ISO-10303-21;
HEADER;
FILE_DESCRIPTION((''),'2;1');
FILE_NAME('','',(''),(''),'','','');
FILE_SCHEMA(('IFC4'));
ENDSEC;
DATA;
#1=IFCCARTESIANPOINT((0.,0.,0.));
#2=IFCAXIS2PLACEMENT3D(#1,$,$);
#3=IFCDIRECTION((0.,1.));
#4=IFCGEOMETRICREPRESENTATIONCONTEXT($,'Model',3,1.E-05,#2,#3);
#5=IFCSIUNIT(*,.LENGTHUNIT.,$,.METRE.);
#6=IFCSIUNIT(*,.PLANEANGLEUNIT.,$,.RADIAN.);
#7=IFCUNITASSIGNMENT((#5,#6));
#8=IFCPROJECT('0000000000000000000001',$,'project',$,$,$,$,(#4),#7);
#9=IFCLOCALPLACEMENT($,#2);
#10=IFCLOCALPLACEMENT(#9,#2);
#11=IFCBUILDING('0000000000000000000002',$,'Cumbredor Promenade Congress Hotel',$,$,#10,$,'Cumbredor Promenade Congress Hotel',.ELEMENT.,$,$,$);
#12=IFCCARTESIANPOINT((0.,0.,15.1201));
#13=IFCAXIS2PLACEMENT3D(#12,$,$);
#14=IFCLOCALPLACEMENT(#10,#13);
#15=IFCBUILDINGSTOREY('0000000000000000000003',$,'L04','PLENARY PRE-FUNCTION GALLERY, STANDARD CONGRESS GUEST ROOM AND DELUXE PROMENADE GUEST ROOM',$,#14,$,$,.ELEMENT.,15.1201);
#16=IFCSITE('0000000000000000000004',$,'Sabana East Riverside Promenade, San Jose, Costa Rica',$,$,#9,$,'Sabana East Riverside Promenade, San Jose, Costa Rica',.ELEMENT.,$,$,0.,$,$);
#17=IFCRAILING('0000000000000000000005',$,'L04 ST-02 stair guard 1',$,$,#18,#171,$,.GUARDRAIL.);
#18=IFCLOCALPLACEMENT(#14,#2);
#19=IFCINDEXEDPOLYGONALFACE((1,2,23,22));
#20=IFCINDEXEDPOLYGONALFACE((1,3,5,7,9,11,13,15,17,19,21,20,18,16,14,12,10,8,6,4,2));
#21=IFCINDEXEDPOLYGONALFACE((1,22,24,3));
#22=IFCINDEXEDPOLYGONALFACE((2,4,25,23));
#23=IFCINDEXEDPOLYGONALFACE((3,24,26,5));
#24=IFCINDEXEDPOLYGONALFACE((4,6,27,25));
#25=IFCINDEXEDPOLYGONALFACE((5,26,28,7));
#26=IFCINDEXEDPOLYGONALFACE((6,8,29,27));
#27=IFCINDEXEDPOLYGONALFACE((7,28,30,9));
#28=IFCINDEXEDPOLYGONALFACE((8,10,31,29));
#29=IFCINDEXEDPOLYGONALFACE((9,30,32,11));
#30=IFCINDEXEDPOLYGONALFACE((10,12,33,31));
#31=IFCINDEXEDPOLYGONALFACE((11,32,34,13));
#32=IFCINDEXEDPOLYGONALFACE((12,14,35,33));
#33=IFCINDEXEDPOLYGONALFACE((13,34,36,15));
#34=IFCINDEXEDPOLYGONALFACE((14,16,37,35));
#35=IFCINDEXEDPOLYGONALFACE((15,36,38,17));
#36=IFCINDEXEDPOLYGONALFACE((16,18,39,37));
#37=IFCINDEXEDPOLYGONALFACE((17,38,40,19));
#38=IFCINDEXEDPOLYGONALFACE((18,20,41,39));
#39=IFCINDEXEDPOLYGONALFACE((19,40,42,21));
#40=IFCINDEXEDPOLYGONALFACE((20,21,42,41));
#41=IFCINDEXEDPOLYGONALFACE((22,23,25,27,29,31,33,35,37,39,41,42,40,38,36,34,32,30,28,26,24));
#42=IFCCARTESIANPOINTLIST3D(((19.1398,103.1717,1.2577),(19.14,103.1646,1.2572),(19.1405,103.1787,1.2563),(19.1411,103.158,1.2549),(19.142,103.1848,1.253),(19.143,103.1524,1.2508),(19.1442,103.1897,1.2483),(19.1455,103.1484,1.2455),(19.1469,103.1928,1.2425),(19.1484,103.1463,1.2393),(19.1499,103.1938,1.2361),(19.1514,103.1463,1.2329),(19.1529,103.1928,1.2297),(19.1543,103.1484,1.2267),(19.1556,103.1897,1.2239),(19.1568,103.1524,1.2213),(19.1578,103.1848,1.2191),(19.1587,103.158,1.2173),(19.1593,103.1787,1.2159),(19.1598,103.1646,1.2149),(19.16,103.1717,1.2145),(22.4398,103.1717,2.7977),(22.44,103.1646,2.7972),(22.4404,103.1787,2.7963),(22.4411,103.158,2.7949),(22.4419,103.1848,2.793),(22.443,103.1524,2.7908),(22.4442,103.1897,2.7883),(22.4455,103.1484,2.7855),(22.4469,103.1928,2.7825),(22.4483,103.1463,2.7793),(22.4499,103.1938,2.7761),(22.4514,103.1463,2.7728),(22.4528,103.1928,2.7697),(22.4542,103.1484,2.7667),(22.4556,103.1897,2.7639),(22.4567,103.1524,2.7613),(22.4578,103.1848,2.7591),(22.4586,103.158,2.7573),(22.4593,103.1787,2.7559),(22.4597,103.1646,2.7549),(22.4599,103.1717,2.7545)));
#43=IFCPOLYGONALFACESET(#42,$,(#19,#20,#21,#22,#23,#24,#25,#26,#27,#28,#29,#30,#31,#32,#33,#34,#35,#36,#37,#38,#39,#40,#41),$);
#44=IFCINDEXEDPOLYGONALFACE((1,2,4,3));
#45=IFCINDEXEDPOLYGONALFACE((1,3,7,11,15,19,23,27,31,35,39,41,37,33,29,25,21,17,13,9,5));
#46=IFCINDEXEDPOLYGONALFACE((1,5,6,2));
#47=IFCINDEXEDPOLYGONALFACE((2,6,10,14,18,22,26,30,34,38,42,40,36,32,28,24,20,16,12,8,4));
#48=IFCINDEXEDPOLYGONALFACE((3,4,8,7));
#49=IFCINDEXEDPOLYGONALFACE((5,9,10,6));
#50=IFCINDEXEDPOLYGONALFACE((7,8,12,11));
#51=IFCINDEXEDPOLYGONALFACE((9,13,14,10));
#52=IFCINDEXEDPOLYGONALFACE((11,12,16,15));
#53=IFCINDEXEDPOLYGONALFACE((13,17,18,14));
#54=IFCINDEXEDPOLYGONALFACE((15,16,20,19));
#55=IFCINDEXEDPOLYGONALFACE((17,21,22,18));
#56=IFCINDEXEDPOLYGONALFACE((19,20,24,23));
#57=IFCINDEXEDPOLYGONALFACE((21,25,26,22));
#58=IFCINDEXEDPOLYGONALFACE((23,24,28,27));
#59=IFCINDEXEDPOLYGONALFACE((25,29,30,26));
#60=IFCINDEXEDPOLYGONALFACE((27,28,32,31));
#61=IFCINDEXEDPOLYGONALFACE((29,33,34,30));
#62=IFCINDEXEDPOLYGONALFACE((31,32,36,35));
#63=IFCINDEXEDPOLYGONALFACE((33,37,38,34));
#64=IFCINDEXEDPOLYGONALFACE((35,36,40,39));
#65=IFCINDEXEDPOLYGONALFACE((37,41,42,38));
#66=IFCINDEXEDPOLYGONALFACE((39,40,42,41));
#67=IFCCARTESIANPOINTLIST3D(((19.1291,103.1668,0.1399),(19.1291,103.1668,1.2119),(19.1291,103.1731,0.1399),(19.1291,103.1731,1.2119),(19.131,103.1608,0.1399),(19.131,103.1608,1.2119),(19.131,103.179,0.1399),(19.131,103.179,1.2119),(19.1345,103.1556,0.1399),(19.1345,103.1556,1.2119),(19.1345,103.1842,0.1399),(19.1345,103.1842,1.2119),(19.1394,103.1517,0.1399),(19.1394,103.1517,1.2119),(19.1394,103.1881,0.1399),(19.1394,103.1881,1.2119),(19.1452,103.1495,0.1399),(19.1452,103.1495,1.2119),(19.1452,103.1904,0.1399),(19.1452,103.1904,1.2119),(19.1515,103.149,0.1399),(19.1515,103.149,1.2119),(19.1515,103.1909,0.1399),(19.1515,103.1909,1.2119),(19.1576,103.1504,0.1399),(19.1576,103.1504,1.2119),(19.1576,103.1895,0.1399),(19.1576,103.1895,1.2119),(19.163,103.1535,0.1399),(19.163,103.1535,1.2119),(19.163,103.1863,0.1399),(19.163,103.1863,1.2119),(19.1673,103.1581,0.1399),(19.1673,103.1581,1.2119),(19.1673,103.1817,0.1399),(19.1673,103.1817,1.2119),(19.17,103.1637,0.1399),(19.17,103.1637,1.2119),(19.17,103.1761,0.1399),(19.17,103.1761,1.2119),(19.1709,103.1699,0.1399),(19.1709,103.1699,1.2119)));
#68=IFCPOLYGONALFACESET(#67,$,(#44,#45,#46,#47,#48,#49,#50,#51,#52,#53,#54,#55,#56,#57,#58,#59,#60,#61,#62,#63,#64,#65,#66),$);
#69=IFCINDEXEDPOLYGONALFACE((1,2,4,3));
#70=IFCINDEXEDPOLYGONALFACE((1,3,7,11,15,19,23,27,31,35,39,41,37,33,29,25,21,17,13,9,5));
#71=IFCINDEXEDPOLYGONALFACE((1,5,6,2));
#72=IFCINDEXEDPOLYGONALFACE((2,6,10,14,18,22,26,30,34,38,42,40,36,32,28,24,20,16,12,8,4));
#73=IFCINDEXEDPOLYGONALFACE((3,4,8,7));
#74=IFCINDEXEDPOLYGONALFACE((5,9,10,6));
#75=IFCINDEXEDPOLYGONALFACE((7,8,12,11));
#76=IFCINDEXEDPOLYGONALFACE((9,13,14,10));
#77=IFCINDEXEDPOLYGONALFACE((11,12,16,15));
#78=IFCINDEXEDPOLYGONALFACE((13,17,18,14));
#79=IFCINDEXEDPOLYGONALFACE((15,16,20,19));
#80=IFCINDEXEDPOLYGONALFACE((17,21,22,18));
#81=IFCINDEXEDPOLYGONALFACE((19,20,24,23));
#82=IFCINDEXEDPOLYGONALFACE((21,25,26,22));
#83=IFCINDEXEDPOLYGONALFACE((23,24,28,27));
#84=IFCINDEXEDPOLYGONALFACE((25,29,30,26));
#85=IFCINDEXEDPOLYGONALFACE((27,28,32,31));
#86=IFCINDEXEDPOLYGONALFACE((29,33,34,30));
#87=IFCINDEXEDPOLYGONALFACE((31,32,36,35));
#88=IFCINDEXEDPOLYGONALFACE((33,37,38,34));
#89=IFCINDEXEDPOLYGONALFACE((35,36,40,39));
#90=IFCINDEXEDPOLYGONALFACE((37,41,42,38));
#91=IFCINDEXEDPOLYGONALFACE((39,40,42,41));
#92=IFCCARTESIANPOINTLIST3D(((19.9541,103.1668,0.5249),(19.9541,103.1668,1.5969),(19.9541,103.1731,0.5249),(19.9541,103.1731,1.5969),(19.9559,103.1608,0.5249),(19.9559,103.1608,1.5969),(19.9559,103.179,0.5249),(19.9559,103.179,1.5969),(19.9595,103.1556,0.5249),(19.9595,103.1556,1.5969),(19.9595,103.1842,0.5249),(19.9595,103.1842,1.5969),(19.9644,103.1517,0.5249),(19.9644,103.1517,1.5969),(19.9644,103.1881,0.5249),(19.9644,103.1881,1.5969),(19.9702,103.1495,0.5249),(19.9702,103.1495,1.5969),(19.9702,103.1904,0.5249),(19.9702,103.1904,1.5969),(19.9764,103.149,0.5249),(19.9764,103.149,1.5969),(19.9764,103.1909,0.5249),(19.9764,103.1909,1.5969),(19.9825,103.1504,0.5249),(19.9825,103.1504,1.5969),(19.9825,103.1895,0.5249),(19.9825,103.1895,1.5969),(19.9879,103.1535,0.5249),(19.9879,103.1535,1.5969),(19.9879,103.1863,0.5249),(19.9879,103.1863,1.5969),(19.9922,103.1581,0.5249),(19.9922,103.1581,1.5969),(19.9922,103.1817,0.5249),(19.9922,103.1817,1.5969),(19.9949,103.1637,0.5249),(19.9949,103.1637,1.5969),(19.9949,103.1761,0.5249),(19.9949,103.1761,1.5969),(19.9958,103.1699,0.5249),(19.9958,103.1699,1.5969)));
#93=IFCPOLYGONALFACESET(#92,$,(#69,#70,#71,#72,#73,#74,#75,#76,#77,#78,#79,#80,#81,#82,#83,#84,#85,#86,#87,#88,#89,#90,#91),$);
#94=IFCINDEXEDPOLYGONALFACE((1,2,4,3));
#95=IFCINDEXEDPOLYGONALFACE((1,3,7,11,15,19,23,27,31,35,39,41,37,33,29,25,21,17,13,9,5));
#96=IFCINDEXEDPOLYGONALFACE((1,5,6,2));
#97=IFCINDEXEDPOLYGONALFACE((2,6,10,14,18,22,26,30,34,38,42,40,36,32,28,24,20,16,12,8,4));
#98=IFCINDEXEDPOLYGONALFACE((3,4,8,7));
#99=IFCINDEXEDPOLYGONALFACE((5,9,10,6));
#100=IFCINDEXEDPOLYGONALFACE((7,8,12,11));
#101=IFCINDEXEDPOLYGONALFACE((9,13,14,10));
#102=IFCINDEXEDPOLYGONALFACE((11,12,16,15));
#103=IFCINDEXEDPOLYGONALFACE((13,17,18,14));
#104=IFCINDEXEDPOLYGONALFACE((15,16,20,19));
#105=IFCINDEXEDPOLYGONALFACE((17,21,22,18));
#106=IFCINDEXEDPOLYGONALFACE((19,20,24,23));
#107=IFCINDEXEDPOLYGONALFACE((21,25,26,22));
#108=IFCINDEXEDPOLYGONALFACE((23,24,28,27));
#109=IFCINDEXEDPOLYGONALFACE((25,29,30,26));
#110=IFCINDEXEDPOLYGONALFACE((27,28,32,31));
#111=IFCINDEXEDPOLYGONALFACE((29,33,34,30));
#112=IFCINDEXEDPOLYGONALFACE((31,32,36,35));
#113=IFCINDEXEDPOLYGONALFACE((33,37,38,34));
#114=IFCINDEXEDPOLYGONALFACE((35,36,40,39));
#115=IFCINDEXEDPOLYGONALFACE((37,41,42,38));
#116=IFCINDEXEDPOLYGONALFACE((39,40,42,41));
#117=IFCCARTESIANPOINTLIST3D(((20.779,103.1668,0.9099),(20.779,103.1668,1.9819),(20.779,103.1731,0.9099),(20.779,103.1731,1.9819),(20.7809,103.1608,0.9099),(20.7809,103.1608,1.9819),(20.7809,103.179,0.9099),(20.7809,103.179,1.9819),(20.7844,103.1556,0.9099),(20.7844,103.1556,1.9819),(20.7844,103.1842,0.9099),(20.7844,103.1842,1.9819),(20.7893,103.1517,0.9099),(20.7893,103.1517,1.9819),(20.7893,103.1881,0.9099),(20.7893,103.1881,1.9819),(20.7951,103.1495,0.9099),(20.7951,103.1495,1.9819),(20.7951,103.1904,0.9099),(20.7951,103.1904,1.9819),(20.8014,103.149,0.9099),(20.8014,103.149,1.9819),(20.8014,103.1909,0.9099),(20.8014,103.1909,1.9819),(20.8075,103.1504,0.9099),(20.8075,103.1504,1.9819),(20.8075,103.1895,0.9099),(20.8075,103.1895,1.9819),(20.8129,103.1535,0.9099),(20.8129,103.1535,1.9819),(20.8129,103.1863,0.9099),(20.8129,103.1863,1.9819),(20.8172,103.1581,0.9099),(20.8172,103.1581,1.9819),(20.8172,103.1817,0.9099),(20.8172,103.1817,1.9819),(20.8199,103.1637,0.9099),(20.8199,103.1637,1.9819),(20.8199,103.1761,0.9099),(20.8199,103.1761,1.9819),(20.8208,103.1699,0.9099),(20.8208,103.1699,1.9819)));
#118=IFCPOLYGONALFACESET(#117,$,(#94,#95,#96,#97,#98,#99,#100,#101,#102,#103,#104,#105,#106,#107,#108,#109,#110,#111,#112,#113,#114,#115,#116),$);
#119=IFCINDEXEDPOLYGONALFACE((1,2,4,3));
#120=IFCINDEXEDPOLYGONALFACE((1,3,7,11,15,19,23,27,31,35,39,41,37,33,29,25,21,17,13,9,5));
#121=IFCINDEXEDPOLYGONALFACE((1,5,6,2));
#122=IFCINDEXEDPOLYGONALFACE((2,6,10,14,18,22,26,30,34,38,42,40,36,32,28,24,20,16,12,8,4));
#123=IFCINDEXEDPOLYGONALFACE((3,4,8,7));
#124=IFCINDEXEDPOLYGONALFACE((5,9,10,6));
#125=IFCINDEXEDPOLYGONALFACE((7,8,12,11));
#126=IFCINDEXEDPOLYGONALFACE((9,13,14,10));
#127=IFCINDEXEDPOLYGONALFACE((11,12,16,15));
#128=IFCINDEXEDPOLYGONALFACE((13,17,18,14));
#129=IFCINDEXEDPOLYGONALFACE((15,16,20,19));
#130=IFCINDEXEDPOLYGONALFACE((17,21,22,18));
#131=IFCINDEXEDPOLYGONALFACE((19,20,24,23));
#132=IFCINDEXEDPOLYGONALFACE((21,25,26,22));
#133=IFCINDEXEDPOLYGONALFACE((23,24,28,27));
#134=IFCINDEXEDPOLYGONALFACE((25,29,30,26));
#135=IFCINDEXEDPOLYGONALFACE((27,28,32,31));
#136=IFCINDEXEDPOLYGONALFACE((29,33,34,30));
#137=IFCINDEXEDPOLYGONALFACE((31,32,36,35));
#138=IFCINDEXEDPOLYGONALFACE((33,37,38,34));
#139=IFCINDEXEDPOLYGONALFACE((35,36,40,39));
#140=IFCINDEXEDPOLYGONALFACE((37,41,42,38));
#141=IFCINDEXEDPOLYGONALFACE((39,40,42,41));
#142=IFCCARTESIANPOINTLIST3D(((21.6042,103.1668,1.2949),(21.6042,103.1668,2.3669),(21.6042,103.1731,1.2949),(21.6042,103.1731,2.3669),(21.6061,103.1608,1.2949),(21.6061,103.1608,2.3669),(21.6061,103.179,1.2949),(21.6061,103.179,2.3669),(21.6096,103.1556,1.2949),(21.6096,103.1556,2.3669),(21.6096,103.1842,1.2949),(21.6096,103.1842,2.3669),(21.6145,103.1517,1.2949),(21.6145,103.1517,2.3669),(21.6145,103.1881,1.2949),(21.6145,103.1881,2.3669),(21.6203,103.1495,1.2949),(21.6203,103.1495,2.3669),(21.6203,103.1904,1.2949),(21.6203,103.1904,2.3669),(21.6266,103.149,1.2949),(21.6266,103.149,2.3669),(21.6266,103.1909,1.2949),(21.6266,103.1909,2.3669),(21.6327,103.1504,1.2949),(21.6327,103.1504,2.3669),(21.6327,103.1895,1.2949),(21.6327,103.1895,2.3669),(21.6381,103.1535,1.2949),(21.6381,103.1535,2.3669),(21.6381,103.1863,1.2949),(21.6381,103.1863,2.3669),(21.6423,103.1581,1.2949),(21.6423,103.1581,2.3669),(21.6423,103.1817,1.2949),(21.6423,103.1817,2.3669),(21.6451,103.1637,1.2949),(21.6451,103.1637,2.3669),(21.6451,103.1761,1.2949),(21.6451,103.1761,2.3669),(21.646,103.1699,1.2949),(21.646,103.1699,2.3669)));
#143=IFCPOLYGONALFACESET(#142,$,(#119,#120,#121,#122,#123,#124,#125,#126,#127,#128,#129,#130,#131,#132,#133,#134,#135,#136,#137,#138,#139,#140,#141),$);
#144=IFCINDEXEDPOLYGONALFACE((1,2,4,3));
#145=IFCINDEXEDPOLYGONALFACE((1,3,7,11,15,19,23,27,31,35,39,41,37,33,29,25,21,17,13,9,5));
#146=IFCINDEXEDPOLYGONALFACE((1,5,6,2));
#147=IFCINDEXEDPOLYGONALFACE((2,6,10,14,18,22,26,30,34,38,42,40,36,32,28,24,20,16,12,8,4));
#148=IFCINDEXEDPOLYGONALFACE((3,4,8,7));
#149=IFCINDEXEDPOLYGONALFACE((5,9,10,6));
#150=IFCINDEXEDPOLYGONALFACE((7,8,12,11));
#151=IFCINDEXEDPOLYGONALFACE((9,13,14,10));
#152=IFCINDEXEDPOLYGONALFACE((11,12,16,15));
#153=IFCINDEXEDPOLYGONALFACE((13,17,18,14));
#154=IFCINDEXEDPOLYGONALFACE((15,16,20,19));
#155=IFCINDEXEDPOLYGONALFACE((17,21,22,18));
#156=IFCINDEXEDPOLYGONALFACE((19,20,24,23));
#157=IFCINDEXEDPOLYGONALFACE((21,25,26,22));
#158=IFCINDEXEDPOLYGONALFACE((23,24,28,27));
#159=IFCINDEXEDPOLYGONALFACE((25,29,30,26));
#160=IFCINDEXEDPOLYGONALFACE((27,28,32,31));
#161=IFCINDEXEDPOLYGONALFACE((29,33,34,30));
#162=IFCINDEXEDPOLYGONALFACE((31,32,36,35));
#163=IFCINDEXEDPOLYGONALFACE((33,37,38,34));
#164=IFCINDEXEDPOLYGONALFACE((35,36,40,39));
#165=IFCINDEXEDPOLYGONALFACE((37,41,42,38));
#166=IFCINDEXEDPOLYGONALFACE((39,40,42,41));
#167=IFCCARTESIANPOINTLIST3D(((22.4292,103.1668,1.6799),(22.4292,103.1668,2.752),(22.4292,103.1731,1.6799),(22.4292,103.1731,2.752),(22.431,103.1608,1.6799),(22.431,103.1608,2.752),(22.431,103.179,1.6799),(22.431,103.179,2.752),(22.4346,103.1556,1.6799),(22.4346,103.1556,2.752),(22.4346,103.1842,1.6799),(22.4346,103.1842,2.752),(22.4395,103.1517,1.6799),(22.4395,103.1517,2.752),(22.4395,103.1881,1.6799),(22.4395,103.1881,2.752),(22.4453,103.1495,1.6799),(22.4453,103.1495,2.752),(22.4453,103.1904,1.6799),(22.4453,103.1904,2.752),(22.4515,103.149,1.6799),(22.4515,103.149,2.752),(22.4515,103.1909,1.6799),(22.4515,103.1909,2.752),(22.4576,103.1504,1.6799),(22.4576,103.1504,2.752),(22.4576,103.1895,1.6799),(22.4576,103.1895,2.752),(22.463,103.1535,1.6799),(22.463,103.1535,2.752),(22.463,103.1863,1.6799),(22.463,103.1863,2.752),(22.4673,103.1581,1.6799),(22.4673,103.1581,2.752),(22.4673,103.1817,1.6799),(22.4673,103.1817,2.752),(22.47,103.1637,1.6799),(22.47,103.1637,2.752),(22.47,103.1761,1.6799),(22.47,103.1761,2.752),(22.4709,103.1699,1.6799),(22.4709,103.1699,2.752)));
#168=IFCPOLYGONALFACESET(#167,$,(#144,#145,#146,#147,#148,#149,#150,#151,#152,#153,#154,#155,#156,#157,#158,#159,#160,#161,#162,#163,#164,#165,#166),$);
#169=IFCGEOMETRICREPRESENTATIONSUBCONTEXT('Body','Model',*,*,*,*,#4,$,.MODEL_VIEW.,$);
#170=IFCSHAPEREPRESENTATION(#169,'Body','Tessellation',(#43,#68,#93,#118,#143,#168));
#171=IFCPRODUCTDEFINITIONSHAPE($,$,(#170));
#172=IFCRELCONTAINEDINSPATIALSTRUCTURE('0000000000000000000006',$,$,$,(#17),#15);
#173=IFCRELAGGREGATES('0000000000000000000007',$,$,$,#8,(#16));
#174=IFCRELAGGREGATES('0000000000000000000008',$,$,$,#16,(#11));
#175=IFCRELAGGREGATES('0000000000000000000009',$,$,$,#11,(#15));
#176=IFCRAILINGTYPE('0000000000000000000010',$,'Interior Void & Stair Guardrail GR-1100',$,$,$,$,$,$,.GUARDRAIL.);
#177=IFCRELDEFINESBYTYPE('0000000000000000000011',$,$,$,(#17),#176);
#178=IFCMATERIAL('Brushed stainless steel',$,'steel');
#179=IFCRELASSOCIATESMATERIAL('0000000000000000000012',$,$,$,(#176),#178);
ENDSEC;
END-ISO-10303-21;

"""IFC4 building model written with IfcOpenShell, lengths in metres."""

from ifc_helpers import new_model, si_unit, direction, frame, origin, origin_2d, place, context, subcontext, project, spatial, circle, extrude, material, type_object, element, save


model = new_model("IFC4")

# Units and contexts
model_context = context("Model", 3, precision=1e-05, world=origin(), true_north=direction((0.0, 1.0)))
body_context = subcontext(model_context, "Body", "Model", "MODEL_VIEW")
ifc_project = project(units=[si_unit("LENGTHUNIT", "METRE"), si_unit("PLANEANGLEUNIT", "RADIAN")], contexts=[model_context])

# Site, building, storey
site_placement = place(None, origin())
site = spatial("IfcSite", under=ifc_project, at=site_placement, Name="Sabana East Riverside Promenade, San Jose, Costa Rica", LongName="Sabana East Riverside Promenade, San Jose, Costa Rica", CompositionType="ELEMENT", RefElevation=0.0)
building_placement = place(site_placement, origin())
building = spatial("IfcBuilding", under=site, at=building_placement, Name="Cumbredor Promenade Congress Hotel", LongName="Cumbredor Promenade Congress Hotel", CompositionType="ELEMENT")
storey_placement = place(building_placement, frame((0.0, 0.0, 15.1201)))
storey = spatial("IfcBuildingStorey", under=building, at=storey_placement, Name="L04", Description="PLENARY PRE-FUNCTION GALLERY, STANDARD CONGRESS GUEST ROOM AND DELUXE PROMENADE GUEST ROOM", CompositionType="ELEMENT", Elevation=15.1201)

# Railing
ifc_material_1 = material(Name="Brushed stainless steel", Category="steel")
railing_type_1 = type_object("IfcRailingType", Name="Interior Void & Stair Guardrail GR-1100", PredefinedType="GUARDRAIL", material=ifc_material_1)
railing_1_placement = place(storey_placement, frame((19.1499, 103.1699, 0.1399)))
element("IfcRailing", 1, at=railing_1_placement, inside=storey, type_object=railing_type_1, Name="L04 ST-02 stair guard 1", PredefinedType="GUARDRAIL", context=body_context, shape_type="SweptSolid", body=[
    extrude(circle(Radius=0.0239, at=origin_2d()), frame((0.0, 0.0, 1.0962), z_axis=(0.906181, 0.0, 0.422889), x_axis=(0.0, 1.0, 0.0)), (0.0, 0.0, 1.0), 3.6416),
    extrude(circle(Radius=0.021, at=origin_2d()), origin(), (0.0, 0.0, 1.0), 1.072),
    extrude(circle(Radius=0.021, at=origin_2d()), frame((0.825, 0.0, 0.385)), (0.0, 0.0, 1.0), 1.072),
    extrude(circle(Radius=0.021, at=origin_2d()), frame((1.6499, 0.0, 0.77)), (0.0, 0.0, 1.0), 1.072),
    extrude(circle(Radius=0.021, at=origin_2d()), frame((2.4751, 0.0, 1.155)), (0.0, 0.0, 1.0), 1.072),
    extrude(circle(Radius=0.021, at=origin_2d()), frame((3.3, 0.0, 1.54)), (0.0, 0.0, 1.0), 1.072),
])

save(model, "model.ifc")
